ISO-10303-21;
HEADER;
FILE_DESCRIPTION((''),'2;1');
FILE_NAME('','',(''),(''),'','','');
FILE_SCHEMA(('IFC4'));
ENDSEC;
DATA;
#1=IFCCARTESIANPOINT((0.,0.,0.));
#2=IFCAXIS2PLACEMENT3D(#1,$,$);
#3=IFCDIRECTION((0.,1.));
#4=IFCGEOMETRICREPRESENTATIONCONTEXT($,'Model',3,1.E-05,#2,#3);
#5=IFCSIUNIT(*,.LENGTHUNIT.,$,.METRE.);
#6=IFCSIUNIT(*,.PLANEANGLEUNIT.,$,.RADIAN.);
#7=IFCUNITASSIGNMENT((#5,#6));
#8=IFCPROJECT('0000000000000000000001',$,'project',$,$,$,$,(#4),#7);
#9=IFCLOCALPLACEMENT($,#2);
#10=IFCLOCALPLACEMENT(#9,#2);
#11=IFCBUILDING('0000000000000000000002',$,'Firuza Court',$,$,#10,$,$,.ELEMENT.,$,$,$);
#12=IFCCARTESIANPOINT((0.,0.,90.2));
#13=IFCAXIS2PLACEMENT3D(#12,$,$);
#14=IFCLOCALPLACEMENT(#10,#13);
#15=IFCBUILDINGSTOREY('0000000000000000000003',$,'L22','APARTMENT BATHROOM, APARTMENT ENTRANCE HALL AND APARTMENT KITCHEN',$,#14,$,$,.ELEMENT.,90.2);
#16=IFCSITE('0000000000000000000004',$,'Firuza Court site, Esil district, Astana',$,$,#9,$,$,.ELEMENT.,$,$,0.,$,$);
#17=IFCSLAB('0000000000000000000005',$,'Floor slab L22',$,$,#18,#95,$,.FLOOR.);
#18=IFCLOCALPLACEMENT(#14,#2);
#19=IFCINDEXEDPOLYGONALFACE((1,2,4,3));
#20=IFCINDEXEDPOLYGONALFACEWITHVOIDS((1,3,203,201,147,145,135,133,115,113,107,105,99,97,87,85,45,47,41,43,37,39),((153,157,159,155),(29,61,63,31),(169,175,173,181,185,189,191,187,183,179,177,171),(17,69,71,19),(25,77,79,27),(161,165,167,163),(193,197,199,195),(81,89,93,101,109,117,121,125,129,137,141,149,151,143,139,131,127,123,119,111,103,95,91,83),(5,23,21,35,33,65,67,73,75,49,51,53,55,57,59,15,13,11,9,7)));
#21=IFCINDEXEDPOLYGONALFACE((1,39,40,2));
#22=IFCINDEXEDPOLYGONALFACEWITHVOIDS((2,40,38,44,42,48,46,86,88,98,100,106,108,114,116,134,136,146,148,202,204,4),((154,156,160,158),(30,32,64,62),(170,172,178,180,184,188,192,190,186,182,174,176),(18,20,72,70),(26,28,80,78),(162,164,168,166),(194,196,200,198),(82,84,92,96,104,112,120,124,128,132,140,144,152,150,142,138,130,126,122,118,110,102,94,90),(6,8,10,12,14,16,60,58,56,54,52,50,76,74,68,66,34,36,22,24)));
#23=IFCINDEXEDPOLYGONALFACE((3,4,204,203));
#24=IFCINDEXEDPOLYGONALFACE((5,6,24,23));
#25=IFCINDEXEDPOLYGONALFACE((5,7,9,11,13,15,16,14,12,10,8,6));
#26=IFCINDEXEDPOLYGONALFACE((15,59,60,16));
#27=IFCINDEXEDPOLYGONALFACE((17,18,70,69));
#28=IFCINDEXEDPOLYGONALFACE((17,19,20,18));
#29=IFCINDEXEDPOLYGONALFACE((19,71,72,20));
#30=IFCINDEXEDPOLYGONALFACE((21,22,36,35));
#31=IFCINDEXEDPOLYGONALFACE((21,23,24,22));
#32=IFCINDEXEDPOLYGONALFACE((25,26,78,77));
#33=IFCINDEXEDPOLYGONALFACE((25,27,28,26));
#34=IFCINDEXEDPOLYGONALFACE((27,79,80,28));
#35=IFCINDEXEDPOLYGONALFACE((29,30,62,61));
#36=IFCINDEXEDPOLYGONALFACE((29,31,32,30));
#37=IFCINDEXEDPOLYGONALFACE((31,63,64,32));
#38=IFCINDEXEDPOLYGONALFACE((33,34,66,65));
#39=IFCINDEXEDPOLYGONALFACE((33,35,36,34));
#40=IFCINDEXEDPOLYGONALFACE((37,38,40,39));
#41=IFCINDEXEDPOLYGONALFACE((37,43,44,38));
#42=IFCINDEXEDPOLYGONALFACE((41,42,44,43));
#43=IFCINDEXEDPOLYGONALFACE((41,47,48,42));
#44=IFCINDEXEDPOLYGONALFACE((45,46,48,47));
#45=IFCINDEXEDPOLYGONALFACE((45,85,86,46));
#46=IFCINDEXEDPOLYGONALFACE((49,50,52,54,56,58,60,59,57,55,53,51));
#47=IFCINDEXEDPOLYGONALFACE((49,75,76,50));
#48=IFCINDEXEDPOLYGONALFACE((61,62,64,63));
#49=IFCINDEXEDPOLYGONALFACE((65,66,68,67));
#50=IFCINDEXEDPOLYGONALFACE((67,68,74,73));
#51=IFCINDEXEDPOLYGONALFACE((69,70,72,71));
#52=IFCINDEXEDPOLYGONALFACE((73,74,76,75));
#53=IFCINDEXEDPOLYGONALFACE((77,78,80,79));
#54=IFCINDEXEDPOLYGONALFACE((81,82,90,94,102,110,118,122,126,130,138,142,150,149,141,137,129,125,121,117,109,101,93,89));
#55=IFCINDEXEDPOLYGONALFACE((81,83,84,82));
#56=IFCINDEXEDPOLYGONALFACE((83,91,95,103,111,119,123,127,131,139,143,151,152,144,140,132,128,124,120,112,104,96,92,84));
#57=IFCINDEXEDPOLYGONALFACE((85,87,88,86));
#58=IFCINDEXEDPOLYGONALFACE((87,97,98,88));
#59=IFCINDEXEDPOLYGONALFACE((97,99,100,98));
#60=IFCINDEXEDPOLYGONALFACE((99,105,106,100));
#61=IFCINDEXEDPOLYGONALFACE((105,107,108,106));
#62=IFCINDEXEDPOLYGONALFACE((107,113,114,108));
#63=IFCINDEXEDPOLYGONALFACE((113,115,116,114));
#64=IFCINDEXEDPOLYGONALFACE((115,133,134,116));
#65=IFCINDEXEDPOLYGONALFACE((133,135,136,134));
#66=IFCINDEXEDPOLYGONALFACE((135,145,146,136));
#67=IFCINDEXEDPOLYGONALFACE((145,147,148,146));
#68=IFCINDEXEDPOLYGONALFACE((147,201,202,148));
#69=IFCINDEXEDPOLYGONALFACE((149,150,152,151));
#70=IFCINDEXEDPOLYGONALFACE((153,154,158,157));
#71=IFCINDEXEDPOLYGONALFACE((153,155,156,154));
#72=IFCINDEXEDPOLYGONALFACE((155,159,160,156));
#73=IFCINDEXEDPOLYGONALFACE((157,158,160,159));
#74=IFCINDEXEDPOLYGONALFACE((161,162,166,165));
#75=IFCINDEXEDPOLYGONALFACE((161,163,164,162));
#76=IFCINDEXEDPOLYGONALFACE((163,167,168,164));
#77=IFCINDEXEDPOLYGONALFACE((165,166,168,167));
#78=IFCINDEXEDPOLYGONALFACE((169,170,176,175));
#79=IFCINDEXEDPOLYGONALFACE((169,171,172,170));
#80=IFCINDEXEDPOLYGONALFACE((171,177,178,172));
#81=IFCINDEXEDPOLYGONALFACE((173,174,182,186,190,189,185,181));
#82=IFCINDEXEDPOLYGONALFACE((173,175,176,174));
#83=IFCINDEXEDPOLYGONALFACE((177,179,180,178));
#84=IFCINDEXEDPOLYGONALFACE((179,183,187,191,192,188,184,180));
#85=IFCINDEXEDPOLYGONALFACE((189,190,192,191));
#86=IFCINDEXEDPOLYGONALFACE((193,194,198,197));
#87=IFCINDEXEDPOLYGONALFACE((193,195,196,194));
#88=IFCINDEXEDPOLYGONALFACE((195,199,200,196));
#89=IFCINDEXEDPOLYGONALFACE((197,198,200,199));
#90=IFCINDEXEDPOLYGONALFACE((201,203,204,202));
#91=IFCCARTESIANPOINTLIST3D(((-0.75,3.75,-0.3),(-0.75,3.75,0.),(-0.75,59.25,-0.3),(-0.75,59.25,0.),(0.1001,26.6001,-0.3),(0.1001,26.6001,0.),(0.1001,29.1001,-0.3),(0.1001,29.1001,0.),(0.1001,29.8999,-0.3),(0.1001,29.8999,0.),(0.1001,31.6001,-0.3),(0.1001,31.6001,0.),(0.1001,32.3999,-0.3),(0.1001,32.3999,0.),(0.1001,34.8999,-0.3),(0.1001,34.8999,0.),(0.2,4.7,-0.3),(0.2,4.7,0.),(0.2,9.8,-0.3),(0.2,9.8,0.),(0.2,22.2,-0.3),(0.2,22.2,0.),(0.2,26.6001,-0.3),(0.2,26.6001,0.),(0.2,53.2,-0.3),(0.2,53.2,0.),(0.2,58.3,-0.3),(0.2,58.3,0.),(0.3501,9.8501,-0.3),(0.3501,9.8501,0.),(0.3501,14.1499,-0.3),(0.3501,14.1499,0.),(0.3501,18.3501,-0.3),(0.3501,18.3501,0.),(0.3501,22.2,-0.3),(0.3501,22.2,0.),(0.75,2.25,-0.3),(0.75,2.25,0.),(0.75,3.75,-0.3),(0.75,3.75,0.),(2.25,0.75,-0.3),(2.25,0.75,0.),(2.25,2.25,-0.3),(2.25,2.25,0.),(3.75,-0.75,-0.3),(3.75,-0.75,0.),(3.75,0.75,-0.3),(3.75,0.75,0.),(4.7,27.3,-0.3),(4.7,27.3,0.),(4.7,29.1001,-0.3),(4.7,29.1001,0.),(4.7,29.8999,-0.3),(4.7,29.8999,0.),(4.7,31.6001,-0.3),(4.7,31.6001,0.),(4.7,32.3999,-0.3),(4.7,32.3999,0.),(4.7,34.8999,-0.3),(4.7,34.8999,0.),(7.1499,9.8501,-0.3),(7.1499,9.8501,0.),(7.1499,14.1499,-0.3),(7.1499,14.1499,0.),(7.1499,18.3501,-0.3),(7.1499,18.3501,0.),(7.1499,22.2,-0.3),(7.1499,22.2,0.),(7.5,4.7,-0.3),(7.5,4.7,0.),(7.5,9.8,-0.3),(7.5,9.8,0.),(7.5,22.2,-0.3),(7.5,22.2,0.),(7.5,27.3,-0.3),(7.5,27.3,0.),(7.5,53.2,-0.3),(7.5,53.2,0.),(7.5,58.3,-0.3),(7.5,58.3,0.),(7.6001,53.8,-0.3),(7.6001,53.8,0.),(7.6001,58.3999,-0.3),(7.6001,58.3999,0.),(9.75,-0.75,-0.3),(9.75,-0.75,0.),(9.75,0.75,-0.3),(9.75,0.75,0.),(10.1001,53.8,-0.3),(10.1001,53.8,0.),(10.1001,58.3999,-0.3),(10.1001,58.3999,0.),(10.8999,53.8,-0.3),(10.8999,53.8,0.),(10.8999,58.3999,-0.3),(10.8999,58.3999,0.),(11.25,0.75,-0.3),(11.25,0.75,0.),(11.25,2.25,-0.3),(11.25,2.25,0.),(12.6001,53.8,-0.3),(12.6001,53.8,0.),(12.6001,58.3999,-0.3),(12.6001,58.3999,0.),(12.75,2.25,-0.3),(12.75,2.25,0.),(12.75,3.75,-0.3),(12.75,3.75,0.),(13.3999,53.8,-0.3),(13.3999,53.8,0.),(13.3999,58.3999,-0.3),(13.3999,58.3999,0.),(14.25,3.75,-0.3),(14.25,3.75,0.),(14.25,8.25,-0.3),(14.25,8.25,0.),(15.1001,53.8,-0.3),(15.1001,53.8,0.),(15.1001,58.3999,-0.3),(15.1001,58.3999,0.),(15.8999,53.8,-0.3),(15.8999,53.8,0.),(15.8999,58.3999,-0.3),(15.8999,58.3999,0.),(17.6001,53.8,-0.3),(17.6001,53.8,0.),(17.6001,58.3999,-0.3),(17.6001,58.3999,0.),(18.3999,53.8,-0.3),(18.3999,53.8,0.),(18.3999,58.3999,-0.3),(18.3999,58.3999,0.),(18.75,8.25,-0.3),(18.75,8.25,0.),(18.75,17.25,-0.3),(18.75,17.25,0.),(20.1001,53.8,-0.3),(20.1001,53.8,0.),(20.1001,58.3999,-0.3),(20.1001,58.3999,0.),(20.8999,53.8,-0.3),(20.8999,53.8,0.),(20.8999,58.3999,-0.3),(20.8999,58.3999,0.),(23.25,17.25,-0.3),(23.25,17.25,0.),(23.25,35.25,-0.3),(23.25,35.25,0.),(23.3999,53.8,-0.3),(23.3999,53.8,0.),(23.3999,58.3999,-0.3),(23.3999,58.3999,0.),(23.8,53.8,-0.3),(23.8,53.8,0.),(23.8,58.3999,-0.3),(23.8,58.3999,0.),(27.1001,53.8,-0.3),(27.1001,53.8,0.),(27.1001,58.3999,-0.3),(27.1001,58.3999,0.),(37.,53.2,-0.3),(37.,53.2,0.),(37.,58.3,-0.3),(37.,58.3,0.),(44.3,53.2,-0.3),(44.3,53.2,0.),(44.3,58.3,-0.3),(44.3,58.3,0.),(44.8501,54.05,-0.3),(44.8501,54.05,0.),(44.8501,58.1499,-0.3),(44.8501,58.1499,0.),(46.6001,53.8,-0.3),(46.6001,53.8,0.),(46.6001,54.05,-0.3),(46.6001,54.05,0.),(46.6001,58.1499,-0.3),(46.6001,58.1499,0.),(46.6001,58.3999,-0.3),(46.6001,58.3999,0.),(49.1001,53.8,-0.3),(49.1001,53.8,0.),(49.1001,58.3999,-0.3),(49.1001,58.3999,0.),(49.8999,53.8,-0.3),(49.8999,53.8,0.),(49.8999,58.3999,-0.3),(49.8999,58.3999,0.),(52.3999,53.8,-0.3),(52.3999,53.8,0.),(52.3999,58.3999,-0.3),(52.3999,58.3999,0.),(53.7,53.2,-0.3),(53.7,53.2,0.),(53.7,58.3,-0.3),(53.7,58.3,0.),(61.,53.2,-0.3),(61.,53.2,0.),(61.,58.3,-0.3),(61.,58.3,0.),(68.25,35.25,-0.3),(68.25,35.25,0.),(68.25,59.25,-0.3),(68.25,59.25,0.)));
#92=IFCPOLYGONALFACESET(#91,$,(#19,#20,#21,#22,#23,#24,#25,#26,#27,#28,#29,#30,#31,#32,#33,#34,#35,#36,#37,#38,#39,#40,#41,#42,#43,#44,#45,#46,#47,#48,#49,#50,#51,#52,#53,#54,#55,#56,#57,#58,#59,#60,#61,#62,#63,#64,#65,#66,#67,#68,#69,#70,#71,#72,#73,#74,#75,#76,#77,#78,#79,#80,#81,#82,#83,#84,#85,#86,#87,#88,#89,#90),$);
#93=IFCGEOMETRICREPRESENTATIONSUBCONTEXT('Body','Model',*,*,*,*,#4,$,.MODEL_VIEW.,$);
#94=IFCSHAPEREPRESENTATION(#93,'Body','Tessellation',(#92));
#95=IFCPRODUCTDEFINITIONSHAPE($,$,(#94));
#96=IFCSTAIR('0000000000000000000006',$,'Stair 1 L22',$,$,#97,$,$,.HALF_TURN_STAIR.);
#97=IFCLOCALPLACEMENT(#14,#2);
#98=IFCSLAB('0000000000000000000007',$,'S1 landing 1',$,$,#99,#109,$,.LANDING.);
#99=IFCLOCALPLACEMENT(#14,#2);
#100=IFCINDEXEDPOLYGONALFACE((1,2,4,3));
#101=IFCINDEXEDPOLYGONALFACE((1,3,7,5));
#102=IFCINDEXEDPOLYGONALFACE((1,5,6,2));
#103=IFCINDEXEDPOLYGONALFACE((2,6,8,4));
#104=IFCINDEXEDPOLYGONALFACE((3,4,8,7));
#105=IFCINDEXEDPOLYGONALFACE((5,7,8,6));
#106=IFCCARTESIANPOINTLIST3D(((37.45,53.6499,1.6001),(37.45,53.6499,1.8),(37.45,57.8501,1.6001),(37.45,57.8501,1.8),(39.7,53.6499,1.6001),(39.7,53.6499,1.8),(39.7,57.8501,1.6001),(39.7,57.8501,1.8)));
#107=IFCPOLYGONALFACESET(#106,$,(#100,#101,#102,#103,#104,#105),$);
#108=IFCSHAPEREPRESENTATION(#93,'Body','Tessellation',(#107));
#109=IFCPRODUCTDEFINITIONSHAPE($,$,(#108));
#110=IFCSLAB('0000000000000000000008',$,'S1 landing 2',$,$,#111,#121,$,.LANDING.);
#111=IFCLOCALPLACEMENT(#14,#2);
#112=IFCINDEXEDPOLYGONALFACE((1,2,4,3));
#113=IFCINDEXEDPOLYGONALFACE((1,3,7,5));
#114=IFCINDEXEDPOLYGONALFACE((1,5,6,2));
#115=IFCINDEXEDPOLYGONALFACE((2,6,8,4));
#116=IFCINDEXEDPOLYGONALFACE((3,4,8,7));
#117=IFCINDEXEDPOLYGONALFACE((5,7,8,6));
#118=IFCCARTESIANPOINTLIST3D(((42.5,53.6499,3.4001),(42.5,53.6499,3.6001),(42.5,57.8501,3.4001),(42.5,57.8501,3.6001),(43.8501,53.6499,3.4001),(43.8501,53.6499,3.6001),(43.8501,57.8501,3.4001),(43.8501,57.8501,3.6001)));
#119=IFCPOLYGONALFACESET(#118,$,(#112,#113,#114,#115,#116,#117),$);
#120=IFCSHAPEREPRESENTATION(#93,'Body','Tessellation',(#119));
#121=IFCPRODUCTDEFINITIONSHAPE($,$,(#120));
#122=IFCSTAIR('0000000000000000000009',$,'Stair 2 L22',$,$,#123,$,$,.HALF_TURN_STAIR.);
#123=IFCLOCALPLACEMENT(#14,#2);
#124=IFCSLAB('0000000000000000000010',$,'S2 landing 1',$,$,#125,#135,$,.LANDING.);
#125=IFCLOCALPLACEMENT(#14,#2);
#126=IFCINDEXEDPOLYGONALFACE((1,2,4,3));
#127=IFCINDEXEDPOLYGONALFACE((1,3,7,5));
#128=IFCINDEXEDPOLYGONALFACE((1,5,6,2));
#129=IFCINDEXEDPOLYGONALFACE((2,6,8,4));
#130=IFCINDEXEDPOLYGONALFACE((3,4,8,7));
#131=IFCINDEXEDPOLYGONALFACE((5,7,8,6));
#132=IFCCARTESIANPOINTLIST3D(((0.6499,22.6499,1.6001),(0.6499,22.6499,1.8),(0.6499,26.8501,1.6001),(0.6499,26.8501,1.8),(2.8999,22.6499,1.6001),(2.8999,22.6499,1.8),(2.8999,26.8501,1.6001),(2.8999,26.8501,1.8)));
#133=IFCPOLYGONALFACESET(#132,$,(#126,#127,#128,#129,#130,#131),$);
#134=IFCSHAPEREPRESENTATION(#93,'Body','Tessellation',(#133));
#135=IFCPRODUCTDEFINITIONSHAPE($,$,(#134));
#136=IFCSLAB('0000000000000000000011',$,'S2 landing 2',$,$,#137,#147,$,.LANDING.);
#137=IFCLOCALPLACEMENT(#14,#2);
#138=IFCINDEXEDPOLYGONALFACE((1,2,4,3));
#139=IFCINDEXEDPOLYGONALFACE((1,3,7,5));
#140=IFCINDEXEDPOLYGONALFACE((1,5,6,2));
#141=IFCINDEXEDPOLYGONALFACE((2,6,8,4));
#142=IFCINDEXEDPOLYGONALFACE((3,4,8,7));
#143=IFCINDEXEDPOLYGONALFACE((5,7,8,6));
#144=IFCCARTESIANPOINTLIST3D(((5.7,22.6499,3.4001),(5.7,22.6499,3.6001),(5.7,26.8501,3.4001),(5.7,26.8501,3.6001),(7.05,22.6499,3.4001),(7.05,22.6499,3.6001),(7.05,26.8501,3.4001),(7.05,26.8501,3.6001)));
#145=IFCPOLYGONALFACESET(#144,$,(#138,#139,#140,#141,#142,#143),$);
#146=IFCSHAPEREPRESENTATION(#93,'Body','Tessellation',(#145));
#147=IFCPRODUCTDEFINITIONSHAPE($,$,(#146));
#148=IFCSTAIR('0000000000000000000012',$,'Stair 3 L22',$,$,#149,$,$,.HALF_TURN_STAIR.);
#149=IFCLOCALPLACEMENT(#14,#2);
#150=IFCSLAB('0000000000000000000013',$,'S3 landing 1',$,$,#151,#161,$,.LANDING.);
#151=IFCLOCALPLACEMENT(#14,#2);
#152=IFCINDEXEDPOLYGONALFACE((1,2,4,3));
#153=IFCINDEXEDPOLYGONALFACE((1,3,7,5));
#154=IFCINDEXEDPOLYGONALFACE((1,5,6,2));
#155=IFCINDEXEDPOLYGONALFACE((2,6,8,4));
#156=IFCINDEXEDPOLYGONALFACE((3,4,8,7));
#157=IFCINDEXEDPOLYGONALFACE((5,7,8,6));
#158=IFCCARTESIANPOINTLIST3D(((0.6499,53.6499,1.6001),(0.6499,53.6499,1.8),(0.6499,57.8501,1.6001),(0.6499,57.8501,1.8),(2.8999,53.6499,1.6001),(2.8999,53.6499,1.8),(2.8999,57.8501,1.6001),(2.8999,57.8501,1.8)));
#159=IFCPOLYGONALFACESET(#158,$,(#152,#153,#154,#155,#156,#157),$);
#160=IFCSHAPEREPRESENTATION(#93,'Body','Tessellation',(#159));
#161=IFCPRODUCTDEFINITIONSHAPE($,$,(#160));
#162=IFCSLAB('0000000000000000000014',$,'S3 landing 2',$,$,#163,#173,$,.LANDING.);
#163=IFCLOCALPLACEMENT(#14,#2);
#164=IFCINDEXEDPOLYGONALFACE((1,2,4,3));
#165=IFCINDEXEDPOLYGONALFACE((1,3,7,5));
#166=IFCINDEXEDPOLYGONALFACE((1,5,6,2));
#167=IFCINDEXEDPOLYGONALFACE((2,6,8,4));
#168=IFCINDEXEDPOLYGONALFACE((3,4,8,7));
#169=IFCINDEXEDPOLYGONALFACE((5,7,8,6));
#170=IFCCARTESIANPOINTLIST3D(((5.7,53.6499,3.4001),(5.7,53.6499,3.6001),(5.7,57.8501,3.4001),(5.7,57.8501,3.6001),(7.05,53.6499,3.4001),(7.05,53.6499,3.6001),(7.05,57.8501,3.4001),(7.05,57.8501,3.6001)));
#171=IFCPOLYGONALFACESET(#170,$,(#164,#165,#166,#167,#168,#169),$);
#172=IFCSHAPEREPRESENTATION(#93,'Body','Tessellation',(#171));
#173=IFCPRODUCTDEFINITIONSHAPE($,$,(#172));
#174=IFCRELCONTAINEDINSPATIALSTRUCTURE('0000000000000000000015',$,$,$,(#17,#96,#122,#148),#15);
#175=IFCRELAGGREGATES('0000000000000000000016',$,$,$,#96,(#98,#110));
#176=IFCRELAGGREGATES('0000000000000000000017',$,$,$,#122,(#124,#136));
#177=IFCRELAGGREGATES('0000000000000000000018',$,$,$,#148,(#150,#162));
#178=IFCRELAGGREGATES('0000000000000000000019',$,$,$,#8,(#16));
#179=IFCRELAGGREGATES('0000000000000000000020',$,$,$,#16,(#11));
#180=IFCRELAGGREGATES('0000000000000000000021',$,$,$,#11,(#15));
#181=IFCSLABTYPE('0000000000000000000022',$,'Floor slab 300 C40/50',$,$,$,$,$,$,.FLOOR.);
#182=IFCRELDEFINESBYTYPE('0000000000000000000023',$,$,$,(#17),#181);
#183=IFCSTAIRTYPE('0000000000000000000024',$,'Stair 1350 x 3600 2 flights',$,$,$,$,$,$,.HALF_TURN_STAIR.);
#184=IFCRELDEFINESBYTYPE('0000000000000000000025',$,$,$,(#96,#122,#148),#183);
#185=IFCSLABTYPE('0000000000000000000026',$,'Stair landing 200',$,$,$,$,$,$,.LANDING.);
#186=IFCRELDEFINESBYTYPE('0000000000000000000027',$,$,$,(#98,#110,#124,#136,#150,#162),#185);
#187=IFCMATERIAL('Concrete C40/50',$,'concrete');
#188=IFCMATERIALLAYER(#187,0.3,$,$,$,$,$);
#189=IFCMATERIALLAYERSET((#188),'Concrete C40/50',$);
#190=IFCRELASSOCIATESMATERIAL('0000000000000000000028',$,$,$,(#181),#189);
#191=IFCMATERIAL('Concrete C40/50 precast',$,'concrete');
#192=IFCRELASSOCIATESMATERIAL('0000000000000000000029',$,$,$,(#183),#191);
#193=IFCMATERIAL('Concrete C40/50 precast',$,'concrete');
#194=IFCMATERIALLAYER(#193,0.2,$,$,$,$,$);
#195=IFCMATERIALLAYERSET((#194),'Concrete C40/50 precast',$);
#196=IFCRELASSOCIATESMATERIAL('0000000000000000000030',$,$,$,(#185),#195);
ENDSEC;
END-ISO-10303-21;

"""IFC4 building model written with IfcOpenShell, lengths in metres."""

from ifc_helpers import new_model, si_unit, direction, frame, origin, place, context, subcontext, project, spatial, polyline, outline, extrude, material, layer, layer_set, type_object, element, aggregate, save


model = new_model("IFC4")

# Units and contexts
model_context = context("Model", 3, precision=1e-05, world=origin(), true_north=direction((0.0, 1.0)))
body_context = subcontext(model_context, "Body", "Model", "MODEL_VIEW")
ifc_project = project(units=[si_unit("LENGTHUNIT", "METRE"), si_unit("PLANEANGLEUNIT", "RADIAN")], contexts=[model_context])

# Site, building, storey
site_placement = place(None, origin())
site = spatial("IfcSite", under=ifc_project, at=site_placement, Name="Firuza Court site, Esil district, Astana", CompositionType="ELEMENT", RefElevation=0.0)
building_placement = place(site_placement, origin())
building = spatial("IfcBuilding", under=site, at=building_placement, Name="Firuza Court", CompositionType="ELEMENT")
storey_placement = place(building_placement, frame((0.0, 0.0, 90.2)))
storey = spatial("IfcBuildingStorey", under=building, at=storey_placement, Name="L22", Description="APARTMENT BATHROOM, APARTMENT ENTRANCE HALL AND APARTMENT KITCHEN", CompositionType="ELEMENT", Elevation=90.2)

# Slab
ifc_material_1 = material(Name="Concrete C40/50", Category="concrete")
ifc_layer_1 = layer(ifc_material_1, 0.3)
ifc_layer_set_1 = layer_set([ifc_layer_1], Name="Concrete C40/50")
slab_type_1 = type_object("IfcSlabType", Name="Floor slab 300 C40/50", PredefinedType="FLOOR", material=ifc_layer_set_1)
slab_1_placement = place(storey_placement, frame((0.0, 0.0, -0.3)))
element("IfcSlab", 1, at=slab_1_placement, inside=storey, type_object=slab_type_1, Name="Floor slab L22", PredefinedType="FLOOR", context=body_context, shape_type="SweptSolid", body=[
    extrude(outline(polyline([(3.75, -0.75), (3.75, 0.75), (2.25, 0.75), (2.25, 2.25), (0.75, 2.25), (0.75, 3.75), (-0.75, 3.75), (-0.75, 59.25), (68.25, 59.25), (68.25, 35.25), (23.25, 35.25), (23.25, 17.25), (18.75, 17.25), (18.75, 8.25), (14.25, 8.25), (14.25, 3.75), (12.75, 3.75), (12.75, 2.25), (11.25, 2.25), (11.25, 0.75), (9.75, 0.75), (9.75, -0.75), (3.75, -0.75)]), holes=[polyline([(7.5, 9.8), (0.2, 9.8), (0.2, 4.7), (7.5, 4.7), (7.5, 9.8)]), polyline([(7.1499, 14.1499), (0.3501, 14.1499), (0.3501, 9.8501), (7.1499, 9.8501), (7.1499, 14.1499)]), polyline([(0.2, 22.2), (0.3501, 22.2), (0.3501, 18.3501), (7.1499, 18.3501), (7.1499, 22.2), (7.5, 22.2), (7.5, 27.3), (4.7, 27.3), (4.7, 29.1001), (4.7, 29.8999), (4.7, 31.6001), (4.7, 32.3999), (4.7, 34.8999), (0.1001, 34.8999), (0.1001, 32.3999), (0.1001, 31.6001), (0.1001, 29.8999), (0.1001, 29.1001), (0.1001, 26.6001), (0.2, 26.6001), (0.2, 22.2)]), polyline([(7.5, 58.3), (0.2, 58.3), (0.2, 53.2), (7.5, 53.2), (7.5, 58.3)]), polyline([(10.1001, 58.3999), (7.6001, 58.3999), (7.6001, 53.8), (10.1001, 53.8), (10.8999, 53.8), (12.6001, 53.8), (13.3999, 53.8), (15.1001, 53.8), (15.8999, 53.8), (17.6001, 53.8), (18.3999, 53.8), (20.1001, 53.8), (20.8999, 53.8), (23.3999, 53.8), (23.3999, 58.3999), (20.8999, 58.3999), (20.1001, 58.3999), (18.3999, 58.3999), (17.6001, 58.3999), (15.8999, 58.3999), (15.1001, 58.3999), (13.3999, 58.3999), (12.6001, 58.3999), (10.8999, 58.3999), (10.1001, 58.3999)]), polyline([(44.3, 58.3), (37.0, 58.3), (37.0, 53.2), (44.3, 53.2), (44.3, 58.3)]), polyline([(61.0, 58.3), (53.7, 58.3), (53.7, 53.2), (61.0, 53.2), (61.0, 58.3)]), polyline([(27.1001, 58.3999), (23.8, 58.3999), (23.8, 53.8), (27.1001, 53.8), (27.1001, 58.3999)]), polyline([(46.6001, 58.1499), (44.8501, 58.1499), (44.8501, 54.05), (46.6001, 54.05), (46.6001, 53.8), (49.1001, 53.8), (49.8999, 53.8), (52.3999, 53.8), (52.3999, 58.3999), (49.8999, 58.3999), (49.1001, 58.3999), (46.6001, 58.3999), (46.6001, 58.1499)])]), origin(), (0.0, 0.0, 1.0), 0.3),
])

# Stairs, slabs
ifc_material_2 = material(Name="Concrete C40/50 precast", Category="concrete")
stair_type = type_object("IfcStairType", Name="Stair 1350 x 3600 2 flights", PredefinedType="HALF_TURN_STAIR", material=ifc_material_2)
stair_1_placement = place(storey_placement, origin())
stair_1 = element("IfcStair", 2, at=stair_1_placement, inside=storey, type_object=stair_type, Name="Stair 1 L22", PredefinedType="HALF_TURN_STAIR")
ifc_material_3 = material(Name="Concrete C40/50 precast", Category="concrete")
ifc_layer_2 = layer(ifc_material_3, 0.2)
ifc_layer_set_2 = layer_set([ifc_layer_2], Name="Concrete C40/50 precast")
slab_type_2 = type_object("IfcSlabType", Name="Stair landing 200", PredefinedType="LANDING", material=ifc_layer_set_2)
slab_2_placement = place(storey_placement, frame((0.0, 0.0, 1.6001)))
slab_2 = element("IfcSlab", 3, at=slab_2_placement, type_object=slab_type_2, Name="S1 landing 1", PredefinedType="LANDING", context=body_context, shape_type="SweptSolid", body=[
    extrude(outline(polyline([(39.7, 53.6499), (39.7, 57.8501), (37.45, 57.8501), (37.45, 53.6499), (39.7, 53.6499)])), origin(), (0.0, 0.0, 1.0), 0.2),
])
slab_3_placement = place(storey_placement, frame((0.0, 0.0, 3.4001)))
slab_3 = element("IfcSlab", 4, at=slab_3_placement, type_object=slab_type_2, Name="S1 landing 2", PredefinedType="LANDING", context=body_context, shape_type="SweptSolid", body=[
    extrude(outline(polyline([(43.8501, 53.6499), (43.8501, 57.8501), (42.5, 57.8501), (42.5, 53.6499), (43.8501, 53.6499)])), origin(), (0.0, 0.0, 1.0), 0.2),
])
aggregate(stair_1, [slab_2, slab_3])
stair_2_placement = place(storey_placement, origin())
stair_2 = element("IfcStair", 5, at=stair_2_placement, inside=storey, type_object=stair_type, Name="Stair 2 L22", PredefinedType="HALF_TURN_STAIR")
slab_4_placement = place(storey_placement, frame((0.0, 0.0, 1.6001)))
slab_4 = element("IfcSlab", 6, at=slab_4_placement, type_object=slab_type_2, Name="S2 landing 1", PredefinedType="LANDING", context=body_context, shape_type="SweptSolid", body=[
    extrude(outline(polyline([(2.8999, 22.6499), (2.8999, 26.8501), (0.6499, 26.8501), (0.6499, 22.6499), (2.8999, 22.6499)])), origin(), (0.0, 0.0, 1.0), 0.2),
])
slab_5_placement = place(storey_placement, frame((0.0, 0.0, 3.4001)))
slab_5 = element("IfcSlab", 7, at=slab_5_placement, type_object=slab_type_2, Name="S2 landing 2", PredefinedType="LANDING", context=body_context, shape_type="SweptSolid", body=[
    extrude(outline(polyline([(7.05, 22.6499), (7.05, 26.8501), (5.7, 26.8501), (5.7, 22.6499), (7.05, 22.6499)])), origin(), (0.0, 0.0, 1.0), 0.2),
])
aggregate(stair_2, [slab_4, slab_5])
stair_3_placement = place(storey_placement, origin())
stair_3 = element("IfcStair", 8, at=stair_3_placement, inside=storey, type_object=stair_type, Name="Stair 3 L22", PredefinedType="HALF_TURN_STAIR")
slab_6_placement = place(storey_placement, frame((0.0, 0.0, 1.6001)))
slab_6 = element("IfcSlab", 9, at=slab_6_placement, type_object=slab_type_2, Name="S3 landing 1", PredefinedType="LANDING", context=body_context, shape_type="SweptSolid", body=[
    extrude(outline(polyline([(2.8999, 53.6499), (2.8999, 57.8501), (0.6499, 57.8501), (0.6499, 53.6499), (2.8999, 53.6499)])), origin(), (0.0, 0.0, 1.0), 0.2),
])
slab_7_placement = place(storey_placement, frame((0.0, 0.0, 3.4001)))
slab_7 = element("IfcSlab", 10, at=slab_7_placement, type_object=slab_type_2, Name="S3 landing 2", PredefinedType="LANDING", context=body_context, shape_type="SweptSolid", body=[
    extrude(outline(polyline([(7.05, 53.6499), (7.05, 57.8501), (5.7, 57.8501), (5.7, 53.6499), (7.05, 53.6499)])), origin(), (0.0, 0.0, 1.0), 0.2),
])
aggregate(stair_3, [slab_6, slab_7])

save(model, "model.ifc")
